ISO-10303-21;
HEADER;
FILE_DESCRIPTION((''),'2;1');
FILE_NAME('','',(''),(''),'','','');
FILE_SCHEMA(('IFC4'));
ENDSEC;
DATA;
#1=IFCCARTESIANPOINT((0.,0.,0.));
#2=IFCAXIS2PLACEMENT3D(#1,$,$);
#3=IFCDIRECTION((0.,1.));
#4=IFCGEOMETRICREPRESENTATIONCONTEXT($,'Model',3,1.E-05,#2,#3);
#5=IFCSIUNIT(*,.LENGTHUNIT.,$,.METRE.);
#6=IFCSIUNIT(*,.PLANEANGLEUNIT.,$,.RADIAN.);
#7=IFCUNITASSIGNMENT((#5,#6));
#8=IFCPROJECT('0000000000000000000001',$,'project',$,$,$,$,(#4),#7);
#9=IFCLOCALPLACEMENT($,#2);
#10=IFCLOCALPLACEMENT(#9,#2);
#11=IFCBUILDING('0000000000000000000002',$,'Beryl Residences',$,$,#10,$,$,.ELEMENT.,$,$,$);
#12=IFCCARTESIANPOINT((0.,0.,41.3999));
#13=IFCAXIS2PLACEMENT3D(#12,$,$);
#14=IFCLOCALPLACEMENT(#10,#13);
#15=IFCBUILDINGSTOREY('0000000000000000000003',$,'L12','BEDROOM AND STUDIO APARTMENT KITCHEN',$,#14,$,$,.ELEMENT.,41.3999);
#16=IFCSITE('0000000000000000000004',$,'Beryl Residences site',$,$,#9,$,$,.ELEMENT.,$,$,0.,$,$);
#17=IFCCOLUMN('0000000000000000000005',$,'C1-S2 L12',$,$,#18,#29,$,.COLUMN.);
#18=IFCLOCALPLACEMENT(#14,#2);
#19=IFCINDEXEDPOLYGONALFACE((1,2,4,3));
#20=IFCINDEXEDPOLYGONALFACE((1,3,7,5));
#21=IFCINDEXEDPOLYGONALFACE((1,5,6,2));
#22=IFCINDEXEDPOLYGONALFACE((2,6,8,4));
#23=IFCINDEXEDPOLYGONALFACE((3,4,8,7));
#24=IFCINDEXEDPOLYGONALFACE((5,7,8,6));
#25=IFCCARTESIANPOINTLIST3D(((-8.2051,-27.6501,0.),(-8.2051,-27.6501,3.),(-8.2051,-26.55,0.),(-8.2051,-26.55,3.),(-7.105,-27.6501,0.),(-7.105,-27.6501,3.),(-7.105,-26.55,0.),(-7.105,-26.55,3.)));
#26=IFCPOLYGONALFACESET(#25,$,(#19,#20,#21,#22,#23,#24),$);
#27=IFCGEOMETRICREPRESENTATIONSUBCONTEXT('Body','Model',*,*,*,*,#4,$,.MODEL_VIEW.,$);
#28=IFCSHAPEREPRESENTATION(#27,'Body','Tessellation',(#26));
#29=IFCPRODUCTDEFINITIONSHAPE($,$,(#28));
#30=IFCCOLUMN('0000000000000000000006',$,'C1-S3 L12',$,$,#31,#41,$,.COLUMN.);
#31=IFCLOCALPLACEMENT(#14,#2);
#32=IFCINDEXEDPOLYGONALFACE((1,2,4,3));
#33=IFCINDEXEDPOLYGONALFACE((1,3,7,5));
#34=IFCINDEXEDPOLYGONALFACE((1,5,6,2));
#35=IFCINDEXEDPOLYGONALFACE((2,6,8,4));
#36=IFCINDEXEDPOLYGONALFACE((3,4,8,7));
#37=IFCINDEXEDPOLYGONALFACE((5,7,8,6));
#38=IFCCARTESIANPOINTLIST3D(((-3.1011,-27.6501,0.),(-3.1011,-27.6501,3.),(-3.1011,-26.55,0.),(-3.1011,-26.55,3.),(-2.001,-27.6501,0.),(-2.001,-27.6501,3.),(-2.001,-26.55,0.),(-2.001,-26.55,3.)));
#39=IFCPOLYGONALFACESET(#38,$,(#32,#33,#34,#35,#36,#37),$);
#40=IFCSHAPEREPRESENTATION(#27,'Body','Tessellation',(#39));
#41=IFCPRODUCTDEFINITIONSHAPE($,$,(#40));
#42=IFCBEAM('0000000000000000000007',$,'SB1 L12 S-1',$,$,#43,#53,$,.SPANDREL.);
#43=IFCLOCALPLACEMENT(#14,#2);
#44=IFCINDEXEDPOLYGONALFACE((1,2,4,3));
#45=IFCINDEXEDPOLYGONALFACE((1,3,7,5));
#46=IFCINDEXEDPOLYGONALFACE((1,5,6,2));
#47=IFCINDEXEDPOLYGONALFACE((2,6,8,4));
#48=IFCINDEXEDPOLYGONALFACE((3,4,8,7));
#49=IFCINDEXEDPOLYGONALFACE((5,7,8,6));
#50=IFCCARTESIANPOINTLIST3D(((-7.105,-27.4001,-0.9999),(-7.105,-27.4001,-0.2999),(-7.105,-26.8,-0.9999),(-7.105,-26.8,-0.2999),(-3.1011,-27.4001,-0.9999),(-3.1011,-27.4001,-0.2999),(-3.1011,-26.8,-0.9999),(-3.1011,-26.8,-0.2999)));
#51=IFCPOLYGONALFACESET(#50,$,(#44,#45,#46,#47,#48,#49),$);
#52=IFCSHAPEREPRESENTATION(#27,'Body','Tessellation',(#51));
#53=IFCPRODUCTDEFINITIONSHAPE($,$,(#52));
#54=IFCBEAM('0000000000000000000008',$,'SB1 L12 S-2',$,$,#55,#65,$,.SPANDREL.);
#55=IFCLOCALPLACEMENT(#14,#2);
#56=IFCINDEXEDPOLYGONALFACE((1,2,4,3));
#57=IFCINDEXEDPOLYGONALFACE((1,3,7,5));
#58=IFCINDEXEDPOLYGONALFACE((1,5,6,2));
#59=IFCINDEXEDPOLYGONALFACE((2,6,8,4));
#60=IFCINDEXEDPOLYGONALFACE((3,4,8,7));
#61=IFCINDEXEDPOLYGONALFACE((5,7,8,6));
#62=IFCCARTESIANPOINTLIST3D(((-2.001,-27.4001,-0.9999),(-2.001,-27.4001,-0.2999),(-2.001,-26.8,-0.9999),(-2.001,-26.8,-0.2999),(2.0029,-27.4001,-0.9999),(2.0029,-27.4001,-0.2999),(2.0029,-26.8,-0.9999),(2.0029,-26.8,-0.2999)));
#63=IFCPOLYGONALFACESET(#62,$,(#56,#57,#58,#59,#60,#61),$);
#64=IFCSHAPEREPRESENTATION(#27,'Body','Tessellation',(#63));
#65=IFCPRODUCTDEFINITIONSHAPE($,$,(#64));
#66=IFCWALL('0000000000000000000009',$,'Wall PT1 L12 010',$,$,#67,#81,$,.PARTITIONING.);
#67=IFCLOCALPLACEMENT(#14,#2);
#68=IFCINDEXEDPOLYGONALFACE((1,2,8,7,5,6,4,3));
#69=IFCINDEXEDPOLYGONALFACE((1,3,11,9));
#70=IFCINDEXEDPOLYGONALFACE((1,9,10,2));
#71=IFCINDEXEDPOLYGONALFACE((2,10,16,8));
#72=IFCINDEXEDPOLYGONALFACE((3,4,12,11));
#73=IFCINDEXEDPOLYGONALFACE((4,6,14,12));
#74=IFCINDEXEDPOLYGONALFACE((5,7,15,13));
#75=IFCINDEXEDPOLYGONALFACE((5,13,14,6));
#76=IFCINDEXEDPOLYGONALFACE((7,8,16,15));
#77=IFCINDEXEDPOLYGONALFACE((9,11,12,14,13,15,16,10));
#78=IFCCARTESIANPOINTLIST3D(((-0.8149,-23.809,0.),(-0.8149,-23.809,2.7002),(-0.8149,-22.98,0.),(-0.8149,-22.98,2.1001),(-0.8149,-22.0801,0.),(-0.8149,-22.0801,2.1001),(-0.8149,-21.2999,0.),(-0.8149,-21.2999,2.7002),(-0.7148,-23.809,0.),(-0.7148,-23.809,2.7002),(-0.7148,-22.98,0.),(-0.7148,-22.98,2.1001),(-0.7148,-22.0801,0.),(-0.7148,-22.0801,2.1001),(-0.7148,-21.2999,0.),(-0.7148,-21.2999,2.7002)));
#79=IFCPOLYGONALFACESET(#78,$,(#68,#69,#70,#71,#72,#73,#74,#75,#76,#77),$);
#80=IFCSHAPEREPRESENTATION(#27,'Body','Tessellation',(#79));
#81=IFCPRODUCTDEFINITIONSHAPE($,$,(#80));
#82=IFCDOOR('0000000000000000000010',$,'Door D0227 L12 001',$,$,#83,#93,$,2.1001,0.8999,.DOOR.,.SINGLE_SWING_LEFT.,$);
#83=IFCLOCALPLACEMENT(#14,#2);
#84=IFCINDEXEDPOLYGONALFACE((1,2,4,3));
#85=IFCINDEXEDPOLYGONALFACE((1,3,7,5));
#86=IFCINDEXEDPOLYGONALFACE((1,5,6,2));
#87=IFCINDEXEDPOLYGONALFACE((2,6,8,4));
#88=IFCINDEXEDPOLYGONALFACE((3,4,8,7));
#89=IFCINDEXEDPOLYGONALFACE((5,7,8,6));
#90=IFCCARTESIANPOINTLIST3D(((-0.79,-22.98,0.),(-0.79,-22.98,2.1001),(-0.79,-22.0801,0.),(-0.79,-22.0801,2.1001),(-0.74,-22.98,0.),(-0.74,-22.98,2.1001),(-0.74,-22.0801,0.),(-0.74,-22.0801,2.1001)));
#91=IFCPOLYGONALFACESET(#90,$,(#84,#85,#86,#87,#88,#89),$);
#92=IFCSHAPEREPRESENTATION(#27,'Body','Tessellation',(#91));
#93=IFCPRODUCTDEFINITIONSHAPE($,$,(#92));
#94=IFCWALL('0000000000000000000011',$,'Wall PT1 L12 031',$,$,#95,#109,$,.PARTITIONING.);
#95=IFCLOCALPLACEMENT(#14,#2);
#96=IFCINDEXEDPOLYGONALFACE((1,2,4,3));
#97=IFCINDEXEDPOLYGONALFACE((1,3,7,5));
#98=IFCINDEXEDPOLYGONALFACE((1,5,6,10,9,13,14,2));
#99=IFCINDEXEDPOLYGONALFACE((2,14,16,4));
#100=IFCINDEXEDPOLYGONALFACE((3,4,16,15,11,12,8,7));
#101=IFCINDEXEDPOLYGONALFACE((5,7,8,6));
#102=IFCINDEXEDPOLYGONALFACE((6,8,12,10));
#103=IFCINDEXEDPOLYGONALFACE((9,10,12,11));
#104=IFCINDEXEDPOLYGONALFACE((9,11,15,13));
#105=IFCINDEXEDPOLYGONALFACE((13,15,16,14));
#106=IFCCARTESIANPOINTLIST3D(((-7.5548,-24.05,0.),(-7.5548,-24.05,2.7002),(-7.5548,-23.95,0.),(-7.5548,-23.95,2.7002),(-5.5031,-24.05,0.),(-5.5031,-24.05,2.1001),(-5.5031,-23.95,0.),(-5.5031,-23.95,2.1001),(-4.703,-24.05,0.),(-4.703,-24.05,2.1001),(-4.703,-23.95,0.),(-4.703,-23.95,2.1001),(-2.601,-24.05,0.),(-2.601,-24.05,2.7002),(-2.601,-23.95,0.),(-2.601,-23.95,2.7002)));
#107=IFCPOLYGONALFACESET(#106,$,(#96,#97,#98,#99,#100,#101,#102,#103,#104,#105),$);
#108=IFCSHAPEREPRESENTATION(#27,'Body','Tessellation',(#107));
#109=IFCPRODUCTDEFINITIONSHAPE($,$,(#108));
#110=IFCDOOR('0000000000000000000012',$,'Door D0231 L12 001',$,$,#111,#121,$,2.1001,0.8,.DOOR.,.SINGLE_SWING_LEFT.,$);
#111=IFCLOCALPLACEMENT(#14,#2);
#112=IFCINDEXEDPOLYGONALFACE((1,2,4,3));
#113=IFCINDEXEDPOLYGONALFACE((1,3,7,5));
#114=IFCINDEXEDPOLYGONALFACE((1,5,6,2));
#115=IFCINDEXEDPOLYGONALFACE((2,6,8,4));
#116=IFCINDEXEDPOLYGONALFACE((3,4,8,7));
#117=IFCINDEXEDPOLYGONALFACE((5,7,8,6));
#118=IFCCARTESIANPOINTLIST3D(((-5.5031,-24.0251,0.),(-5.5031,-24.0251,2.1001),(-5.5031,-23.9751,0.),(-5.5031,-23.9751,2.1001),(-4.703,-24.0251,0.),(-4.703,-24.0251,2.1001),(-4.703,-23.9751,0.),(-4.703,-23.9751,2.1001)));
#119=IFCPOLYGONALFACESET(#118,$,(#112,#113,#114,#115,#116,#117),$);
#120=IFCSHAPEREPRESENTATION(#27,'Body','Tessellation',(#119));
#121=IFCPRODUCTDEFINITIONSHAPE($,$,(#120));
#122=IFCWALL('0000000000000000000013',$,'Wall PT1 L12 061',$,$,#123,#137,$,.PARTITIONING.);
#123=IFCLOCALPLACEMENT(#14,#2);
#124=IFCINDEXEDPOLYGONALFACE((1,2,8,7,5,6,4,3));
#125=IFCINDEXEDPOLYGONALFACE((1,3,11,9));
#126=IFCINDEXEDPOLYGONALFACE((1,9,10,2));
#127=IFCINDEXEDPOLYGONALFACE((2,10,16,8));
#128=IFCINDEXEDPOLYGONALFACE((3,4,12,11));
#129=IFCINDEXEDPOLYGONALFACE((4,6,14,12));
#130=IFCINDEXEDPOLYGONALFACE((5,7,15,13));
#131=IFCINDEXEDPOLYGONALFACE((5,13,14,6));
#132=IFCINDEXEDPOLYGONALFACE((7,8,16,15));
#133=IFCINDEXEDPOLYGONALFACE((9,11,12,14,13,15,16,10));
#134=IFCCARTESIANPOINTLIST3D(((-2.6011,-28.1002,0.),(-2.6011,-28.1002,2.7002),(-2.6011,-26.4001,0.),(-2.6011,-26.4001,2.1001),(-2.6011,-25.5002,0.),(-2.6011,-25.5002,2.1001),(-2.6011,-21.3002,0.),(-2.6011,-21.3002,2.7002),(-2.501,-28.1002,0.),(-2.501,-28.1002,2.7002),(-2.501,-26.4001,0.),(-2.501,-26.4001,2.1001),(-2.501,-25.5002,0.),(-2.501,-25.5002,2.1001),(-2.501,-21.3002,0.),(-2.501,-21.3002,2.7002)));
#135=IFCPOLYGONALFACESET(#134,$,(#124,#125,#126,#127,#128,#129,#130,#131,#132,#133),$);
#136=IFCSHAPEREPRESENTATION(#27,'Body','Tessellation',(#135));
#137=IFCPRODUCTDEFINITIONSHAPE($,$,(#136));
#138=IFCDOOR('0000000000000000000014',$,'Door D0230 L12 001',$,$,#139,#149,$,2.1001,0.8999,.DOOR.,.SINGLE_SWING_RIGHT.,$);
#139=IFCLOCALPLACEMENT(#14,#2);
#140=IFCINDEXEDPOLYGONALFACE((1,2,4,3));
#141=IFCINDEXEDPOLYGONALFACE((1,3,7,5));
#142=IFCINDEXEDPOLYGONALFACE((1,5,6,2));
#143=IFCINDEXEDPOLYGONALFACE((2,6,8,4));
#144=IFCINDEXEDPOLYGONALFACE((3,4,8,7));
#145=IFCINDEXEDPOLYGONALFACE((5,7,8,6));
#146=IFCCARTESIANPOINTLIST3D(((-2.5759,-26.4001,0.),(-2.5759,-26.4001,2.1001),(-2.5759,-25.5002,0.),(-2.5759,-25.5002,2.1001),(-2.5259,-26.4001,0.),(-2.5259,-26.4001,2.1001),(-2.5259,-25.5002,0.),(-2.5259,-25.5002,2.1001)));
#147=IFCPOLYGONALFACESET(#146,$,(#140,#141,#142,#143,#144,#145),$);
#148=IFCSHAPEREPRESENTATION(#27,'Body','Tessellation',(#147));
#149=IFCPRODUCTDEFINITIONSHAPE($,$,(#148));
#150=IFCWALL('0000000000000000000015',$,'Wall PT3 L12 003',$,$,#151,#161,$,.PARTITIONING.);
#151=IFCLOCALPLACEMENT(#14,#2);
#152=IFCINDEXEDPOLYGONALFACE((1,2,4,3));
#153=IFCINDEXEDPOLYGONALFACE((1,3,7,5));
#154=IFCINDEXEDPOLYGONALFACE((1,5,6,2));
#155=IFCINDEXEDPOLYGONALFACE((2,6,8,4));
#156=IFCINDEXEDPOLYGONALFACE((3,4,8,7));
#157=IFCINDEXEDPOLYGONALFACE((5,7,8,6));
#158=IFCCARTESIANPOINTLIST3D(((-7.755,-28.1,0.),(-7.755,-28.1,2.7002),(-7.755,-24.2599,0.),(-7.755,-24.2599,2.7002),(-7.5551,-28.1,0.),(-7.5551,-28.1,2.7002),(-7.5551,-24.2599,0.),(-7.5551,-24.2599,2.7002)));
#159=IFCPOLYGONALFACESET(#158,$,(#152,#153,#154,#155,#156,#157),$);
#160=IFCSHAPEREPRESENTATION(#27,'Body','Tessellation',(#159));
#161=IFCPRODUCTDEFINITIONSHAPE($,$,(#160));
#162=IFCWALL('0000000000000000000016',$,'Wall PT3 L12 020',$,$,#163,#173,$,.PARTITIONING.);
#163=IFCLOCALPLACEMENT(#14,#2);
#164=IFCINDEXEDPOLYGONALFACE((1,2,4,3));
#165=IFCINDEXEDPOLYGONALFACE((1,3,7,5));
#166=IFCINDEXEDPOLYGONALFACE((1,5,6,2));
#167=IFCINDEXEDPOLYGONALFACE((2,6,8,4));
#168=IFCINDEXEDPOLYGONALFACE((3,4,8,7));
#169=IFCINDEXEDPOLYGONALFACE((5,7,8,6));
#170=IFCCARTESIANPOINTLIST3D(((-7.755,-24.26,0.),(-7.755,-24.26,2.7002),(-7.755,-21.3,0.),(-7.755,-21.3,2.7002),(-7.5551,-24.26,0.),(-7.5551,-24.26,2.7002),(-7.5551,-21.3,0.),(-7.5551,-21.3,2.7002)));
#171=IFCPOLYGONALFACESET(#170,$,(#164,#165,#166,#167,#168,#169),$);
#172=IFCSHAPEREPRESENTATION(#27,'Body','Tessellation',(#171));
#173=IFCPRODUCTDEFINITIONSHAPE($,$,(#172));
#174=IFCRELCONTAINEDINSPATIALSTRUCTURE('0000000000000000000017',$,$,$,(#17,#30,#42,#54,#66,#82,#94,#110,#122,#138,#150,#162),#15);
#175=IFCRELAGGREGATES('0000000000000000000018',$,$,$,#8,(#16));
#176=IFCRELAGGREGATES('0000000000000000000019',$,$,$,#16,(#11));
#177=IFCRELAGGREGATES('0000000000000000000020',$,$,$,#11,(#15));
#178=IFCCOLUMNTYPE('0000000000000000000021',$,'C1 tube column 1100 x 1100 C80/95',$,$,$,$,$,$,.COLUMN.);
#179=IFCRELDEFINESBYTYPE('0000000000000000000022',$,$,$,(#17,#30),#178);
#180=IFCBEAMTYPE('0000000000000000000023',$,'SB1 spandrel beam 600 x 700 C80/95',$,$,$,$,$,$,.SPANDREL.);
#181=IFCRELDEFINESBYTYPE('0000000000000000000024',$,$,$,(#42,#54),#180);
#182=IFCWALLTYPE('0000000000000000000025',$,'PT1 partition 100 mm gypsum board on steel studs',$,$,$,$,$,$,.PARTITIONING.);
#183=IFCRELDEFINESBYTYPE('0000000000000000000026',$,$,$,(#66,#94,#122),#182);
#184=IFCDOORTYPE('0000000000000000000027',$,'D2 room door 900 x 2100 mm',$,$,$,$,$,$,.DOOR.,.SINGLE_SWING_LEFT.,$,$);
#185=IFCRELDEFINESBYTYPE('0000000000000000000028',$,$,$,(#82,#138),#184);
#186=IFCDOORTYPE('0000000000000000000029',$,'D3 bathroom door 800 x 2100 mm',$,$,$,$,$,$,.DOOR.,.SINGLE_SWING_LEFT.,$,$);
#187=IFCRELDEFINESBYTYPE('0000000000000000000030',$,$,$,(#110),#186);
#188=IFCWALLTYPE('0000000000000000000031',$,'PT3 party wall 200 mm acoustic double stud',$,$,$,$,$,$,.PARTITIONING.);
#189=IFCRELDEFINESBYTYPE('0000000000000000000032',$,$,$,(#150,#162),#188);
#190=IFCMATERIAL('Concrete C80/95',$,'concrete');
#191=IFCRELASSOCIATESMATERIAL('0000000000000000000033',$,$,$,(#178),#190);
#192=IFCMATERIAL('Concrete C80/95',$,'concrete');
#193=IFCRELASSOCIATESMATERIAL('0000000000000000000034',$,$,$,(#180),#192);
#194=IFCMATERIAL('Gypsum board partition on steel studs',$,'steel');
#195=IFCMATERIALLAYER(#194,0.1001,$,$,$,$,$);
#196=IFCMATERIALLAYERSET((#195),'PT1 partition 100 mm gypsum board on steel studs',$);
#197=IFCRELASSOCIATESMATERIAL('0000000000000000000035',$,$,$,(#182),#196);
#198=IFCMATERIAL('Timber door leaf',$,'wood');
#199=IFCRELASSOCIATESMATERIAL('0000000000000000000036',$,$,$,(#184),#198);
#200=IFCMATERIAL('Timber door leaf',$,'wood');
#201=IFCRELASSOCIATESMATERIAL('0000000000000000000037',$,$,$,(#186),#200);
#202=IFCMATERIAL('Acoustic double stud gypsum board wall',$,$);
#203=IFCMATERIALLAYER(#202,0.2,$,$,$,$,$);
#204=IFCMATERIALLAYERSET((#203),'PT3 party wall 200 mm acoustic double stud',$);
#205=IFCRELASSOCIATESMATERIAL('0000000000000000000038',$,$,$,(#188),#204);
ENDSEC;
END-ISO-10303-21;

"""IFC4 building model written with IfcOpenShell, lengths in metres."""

from ifc_helpers import new_model, si_unit, direction, frame, frame_2d, origin, origin_2d, place, context, subcontext, project, spatial, rectangle, extrude, material, layer, layer_set, material_profile, profile_set, type_object, element, fill, save


model = new_model("IFC4")

# Units and contexts
model_context = context("Model", 3, precision=1e-05, world=origin(), true_north=direction((0.0, 1.0)))
body_context = subcontext(model_context, "Body", "Model", "MODEL_VIEW")
ifc_project = project(units=[si_unit("LENGTHUNIT", "METRE"), si_unit("PLANEANGLEUNIT", "RADIAN")], contexts=[model_context])

# Site, building, storey
site_placement = place(None, origin())
site = spatial("IfcSite", under=ifc_project, at=site_placement, Name="Beryl Residences site", CompositionType="ELEMENT", RefElevation=0.0)
building_placement = place(site_placement, origin())
building = spatial("IfcBuilding", under=site, at=building_placement, Name="Beryl Residences", CompositionType="ELEMENT")
storey_placement = place(building_placement, frame((0.0, 0.0, 41.3999)))
storey = spatial("IfcBuildingStorey", under=building, at=storey_placement, Name="L12", Description="BEDROOM AND STUDIO APARTMENT KITCHEN", CompositionType="ELEMENT", Elevation=41.3999)

# Columns
ifc_material_1 = material(Name="Concrete C80/95", Category="concrete")
ifc_material_profile_1 = material_profile(ifc_material_1, rectangle(XDim=1.1001, YDim=1.1001, at=origin_2d()))
ifc_profile_set_1 = profile_set([ifc_material_profile_1], Name="Concrete C80/95")
column_type = type_object("IfcColumnType", Name="C1 tube column 1100 x 1100 C80/95", PredefinedType="COLUMN", material=ifc_profile_set_1)
for number, where, z_axis, x_axis, name in (
    (1, (-7.655, -27.1001, 0.0), (0.0, 0.0, 1.0), (1.0, 0.0, 0.0), "C1-S2 L12"),
    (2, (-2.551, -27.1001, 0.0), (0.0, 0.0, 1.0), (1.0, 0.0, 0.0), "C1-S3 L12"),
):
    element("IfcColumn", number, at=place(storey_placement, frame(where, z_axis=z_axis, x_axis=x_axis)), inside=storey, type_object=column_type, Name=name, PredefinedType="COLUMN", context=body_context, shape_type="SweptSolid", body=[
        extrude(rectangle(XDim=1.1001, YDim=1.1001, at=origin_2d()), origin(), (0.0, 0.0, 1.0), 3.0),
    ])

# Beams
ifc_material_2 = material(Name="Concrete C80/95", Category="concrete")
ifc_material_profile_2 = material_profile(ifc_material_2, rectangle(XDim=0.6001, YDim=0.7, at=origin_2d()))
ifc_profile_set_2 = profile_set([ifc_material_profile_2], Name="Concrete C80/95")
beam_type = type_object("IfcBeamType", Name="SB1 spandrel beam 600 x 700 C80/95", PredefinedType="SPANDREL", material=ifc_profile_set_2)
for number, where, z_axis, x_axis, name in (
    (3, (-7.105, -27.1001, -0.6499), (1.0, 0.0, 0.0), (0.0, 1.0, 0.0), "SB1 L12 S-1"),
    (4, (-2.001, -27.1001, -0.6499), (1.0, 0.0, 0.0), (0.0, 1.0, 0.0), "SB1 L12 S-2"),
):
    element("IfcBeam", number, at=place(storey_placement, frame(where, z_axis=z_axis, x_axis=x_axis)), inside=storey, type_object=beam_type, Name=name, PredefinedType="SPANDREL", context=body_context, shape_type="SweptSolid", body=[
        extrude(rectangle(XDim=0.6001, YDim=0.7, at=origin_2d()), origin(), (0.0, 0.0, 1.0), 4.0039),
    ])

# Walls, openings, doors
ifc_material_3 = material(Name="Gypsum board partition on steel studs", Category="steel")
ifc_layer_1 = layer(ifc_material_3, 0.1001)
ifc_layer_set_1 = layer_set([ifc_layer_1], Name="PT1 partition 100 mm gypsum board on steel studs")
wall_type_1 = type_object("IfcWallType", Name="PT1 partition 100 mm gypsum board on steel studs", PredefinedType="PARTITIONING", material=ifc_layer_set_1)
wall_1_placement = place(storey_placement, frame((-0.7649, -21.3, 0.0), z_axis=(0.0, 0.0, 1.0), x_axis=(0.0, -1.0, 0.0)))
wall_1 = element("IfcWall", 5, at=wall_1_placement, inside=storey, type_object=wall_type_1, Name="Wall PT1 L12 010", PredefinedType="PARTITIONING", context=body_context, shape_type="SweptSolid", body=[
    extrude(rectangle(XDim=2.509, YDim=0.1001, at=frame_2d((1.2544, 0.0))), origin(), (0.0, 0.0, 1.0), 2.7002),
])
opening_1_placement = place(wall_1_placement, frame((0.78, 0.0, 0.0)))
opening_1 = element("IfcOpeningElement", 6, at=opening_1_placement, cuts=wall_1, PredefinedType="OPENING", context=body_context, shape_type="SweptSolid", body=[
    extrude(rectangle(XDim=0.8999, YDim=2.1001, at=frame_2d((0.45, 1.05))), frame((0.0, 0.0601, 0.0), z_axis=(0.0, -1.0, 0.0), x_axis=(1.0, 0.0, 0.0)), (0.0, 0.0, 1.0), 0.1201),
])
ifc_material_4 = material(Name="Timber door leaf", Category="wood")
door_type_1 = type_object("IfcDoorType", Name="D2 room door 900 x 2100 mm", OperationType="SINGLE_SWING_LEFT", PredefinedType="DOOR", material=ifc_material_4)
door_1_placement = place(opening_1_placement, origin())
door_1 = element("IfcDoor", 7, at=door_1_placement, inside=storey, type_object=door_type_1, Name="Door D0227 L12 001", OperationType="SINGLE_SWING_LEFT", OverallHeight=2.1001, OverallWidth=0.8999, PredefinedType="DOOR", context=body_context, shape_type="SweptSolid", body=[
    extrude(rectangle(XDim=0.8999, YDim=2.1001, at=frame_2d((0.45, 1.05))), frame((0.0, 0.0249, 0.0), z_axis=(0.0, -1.0, 0.0), x_axis=(1.0, 0.0, 0.0)), (0.0, 0.0, 1.0), 0.05),
])
fill(opening_1, door_1)
wall_2_placement = place(storey_placement, frame((-7.5549, -24.0, 0.0), z_axis=(0.0, 0.0, 1.0), x_axis=(1.0, 0.0, 0.0)))
wall_2 = element("IfcWall", 8, at=wall_2_placement, inside=storey, type_object=wall_type_1, Name="Wall PT1 L12 031", PredefinedType="PARTITIONING", context=body_context, shape_type="SweptSolid", body=[
    extrude(rectangle(XDim=4.9539, YDim=0.1001, at=frame_2d((2.4771, 0.0))), origin(), (0.0, 0.0, 1.0), 2.7002),
])
opening_2_placement = place(wall_2_placement, frame((2.052, 0.0, 0.0)))
opening_2 = element("IfcOpeningElement", 9, at=opening_2_placement, cuts=wall_2, PredefinedType="OPENING", context=body_context, shape_type="SweptSolid", body=[
    extrude(rectangle(XDim=0.8, YDim=2.1001, at=frame_2d((0.3999, 1.05))), frame((0.0, 0.0601, 0.0), z_axis=(0.0, -1.0, 0.0), x_axis=(1.0, 0.0, 0.0)), (0.0, 0.0, 1.0), 0.1201),
])
ifc_material_5 = material(Name="Timber door leaf", Category="wood")
door_type_2 = type_object("IfcDoorType", Name="D3 bathroom door 800 x 2100 mm", OperationType="SINGLE_SWING_LEFT", PredefinedType="DOOR", material=ifc_material_5)
door_2_placement = place(opening_2_placement, origin())
door_2 = element("IfcDoor", 10, at=door_2_placement, inside=storey, type_object=door_type_2, Name="Door D0231 L12 001", OperationType="SINGLE_SWING_LEFT", OverallHeight=2.1001, OverallWidth=0.8, PredefinedType="DOOR", context=body_context, shape_type="SweptSolid", body=[
    extrude(rectangle(XDim=0.8, YDim=2.1001, at=frame_2d((0.3999, 1.05))), frame((0.0, 0.0249, 0.0), z_axis=(0.0, -1.0, 0.0), x_axis=(1.0, 0.0, 0.0)), (0.0, 0.0, 1.0), 0.05),
])
fill(opening_2, door_2)
wall_3_placement = place(storey_placement, frame((-2.551, -28.1001, 0.0), z_axis=(0.0, 0.0, 1.0), x_axis=(0.0, 1.0, 0.0)))
wall_3 = element("IfcWall", 11, at=wall_3_placement, inside=storey, type_object=wall_type_1, Name="Wall PT1 L12 061", PredefinedType="PARTITIONING", context=body_context, shape_type="SweptSolid", body=[
    extrude(rectangle(XDim=6.8, YDim=0.1001, at=frame_2d((3.3999, 0.0))), origin(), (0.0, 0.0, 1.0), 2.7002),
])
opening_3_placement = place(wall_3_placement, frame((1.7, 0.0, 0.0)))
opening_3 = element("IfcOpeningElement", 12, at=opening_3_placement, cuts=wall_3, PredefinedType="OPENING", context=body_context, shape_type="SweptSolid", body=[
    extrude(rectangle(XDim=0.8999, YDim=2.1001, at=frame_2d((0.45, 1.05))), frame((0.0, 0.0601, 0.0), z_axis=(0.0, -1.0, 0.0), x_axis=(1.0, 0.0, 0.0)), (0.0, 0.0, 1.0), 0.1201),
])
door_3_placement = place(opening_3_placement, origin())
door_3 = element("IfcDoor", 13, at=door_3_placement, inside=storey, type_object=door_type_1, Name="Door D0230 L12 001", OperationType="SINGLE_SWING_RIGHT", OverallHeight=2.1001, OverallWidth=0.8999, PredefinedType="DOOR", context=body_context, shape_type="SweptSolid", body=[
    extrude(rectangle(XDim=0.8999, YDim=2.1001, at=frame_2d((0.45, 1.05))), frame((0.0, 0.0249, 0.0), z_axis=(0.0, -1.0, 0.0), x_axis=(1.0, 0.0, 0.0)), (0.0, 0.0, 1.0), 0.05),
])
fill(opening_3, door_3)

# Walls
ifc_material_6 = material(Name="Acoustic double stud gypsum board wall")
ifc_layer_2 = layer(ifc_material_6, 0.2)
ifc_layer_set_2 = layer_set([ifc_layer_2], Name="PT3 party wall 200 mm acoustic double stud")
wall_type_2 = type_object("IfcWallType", Name="PT3 party wall 200 mm acoustic double stud", PredefinedType="PARTITIONING", material=ifc_layer_set_2)
wall_4_placement = place(storey_placement, frame((-7.655, -24.26, 0.0), z_axis=(0.0, 0.0, 1.0), x_axis=(0.0, -1.0, 0.0)))
element("IfcWall", 14, at=wall_4_placement, inside=storey, type_object=wall_type_2, Name="Wall PT3 L12 003", PredefinedType="PARTITIONING", context=body_context, shape_type="SweptSolid", body=[
    extrude(rectangle(XDim=3.8401, YDim=0.2, at=frame_2d((1.9199, 0.0))), origin(), (0.0, 0.0, 1.0), 2.7002),
])
wall_5_placement = place(storey_placement, frame((-7.655, -24.26, 0.0), z_axis=(0.0, 0.0, 1.0), x_axis=(0.0, 1.0, 0.0)))
element("IfcWall", 15, at=wall_5_placement, inside=storey, type_object=wall_type_2, Name="Wall PT3 L12 020", PredefinedType="PARTITIONING", context=body_context, shape_type="SweptSolid", body=[
    extrude(rectangle(XDim=2.96, YDim=0.2, at=frame_2d((1.48, 0.0))), origin(), (0.0, 0.0, 1.0), 2.7002),
])

save(model, "model.ifc")
